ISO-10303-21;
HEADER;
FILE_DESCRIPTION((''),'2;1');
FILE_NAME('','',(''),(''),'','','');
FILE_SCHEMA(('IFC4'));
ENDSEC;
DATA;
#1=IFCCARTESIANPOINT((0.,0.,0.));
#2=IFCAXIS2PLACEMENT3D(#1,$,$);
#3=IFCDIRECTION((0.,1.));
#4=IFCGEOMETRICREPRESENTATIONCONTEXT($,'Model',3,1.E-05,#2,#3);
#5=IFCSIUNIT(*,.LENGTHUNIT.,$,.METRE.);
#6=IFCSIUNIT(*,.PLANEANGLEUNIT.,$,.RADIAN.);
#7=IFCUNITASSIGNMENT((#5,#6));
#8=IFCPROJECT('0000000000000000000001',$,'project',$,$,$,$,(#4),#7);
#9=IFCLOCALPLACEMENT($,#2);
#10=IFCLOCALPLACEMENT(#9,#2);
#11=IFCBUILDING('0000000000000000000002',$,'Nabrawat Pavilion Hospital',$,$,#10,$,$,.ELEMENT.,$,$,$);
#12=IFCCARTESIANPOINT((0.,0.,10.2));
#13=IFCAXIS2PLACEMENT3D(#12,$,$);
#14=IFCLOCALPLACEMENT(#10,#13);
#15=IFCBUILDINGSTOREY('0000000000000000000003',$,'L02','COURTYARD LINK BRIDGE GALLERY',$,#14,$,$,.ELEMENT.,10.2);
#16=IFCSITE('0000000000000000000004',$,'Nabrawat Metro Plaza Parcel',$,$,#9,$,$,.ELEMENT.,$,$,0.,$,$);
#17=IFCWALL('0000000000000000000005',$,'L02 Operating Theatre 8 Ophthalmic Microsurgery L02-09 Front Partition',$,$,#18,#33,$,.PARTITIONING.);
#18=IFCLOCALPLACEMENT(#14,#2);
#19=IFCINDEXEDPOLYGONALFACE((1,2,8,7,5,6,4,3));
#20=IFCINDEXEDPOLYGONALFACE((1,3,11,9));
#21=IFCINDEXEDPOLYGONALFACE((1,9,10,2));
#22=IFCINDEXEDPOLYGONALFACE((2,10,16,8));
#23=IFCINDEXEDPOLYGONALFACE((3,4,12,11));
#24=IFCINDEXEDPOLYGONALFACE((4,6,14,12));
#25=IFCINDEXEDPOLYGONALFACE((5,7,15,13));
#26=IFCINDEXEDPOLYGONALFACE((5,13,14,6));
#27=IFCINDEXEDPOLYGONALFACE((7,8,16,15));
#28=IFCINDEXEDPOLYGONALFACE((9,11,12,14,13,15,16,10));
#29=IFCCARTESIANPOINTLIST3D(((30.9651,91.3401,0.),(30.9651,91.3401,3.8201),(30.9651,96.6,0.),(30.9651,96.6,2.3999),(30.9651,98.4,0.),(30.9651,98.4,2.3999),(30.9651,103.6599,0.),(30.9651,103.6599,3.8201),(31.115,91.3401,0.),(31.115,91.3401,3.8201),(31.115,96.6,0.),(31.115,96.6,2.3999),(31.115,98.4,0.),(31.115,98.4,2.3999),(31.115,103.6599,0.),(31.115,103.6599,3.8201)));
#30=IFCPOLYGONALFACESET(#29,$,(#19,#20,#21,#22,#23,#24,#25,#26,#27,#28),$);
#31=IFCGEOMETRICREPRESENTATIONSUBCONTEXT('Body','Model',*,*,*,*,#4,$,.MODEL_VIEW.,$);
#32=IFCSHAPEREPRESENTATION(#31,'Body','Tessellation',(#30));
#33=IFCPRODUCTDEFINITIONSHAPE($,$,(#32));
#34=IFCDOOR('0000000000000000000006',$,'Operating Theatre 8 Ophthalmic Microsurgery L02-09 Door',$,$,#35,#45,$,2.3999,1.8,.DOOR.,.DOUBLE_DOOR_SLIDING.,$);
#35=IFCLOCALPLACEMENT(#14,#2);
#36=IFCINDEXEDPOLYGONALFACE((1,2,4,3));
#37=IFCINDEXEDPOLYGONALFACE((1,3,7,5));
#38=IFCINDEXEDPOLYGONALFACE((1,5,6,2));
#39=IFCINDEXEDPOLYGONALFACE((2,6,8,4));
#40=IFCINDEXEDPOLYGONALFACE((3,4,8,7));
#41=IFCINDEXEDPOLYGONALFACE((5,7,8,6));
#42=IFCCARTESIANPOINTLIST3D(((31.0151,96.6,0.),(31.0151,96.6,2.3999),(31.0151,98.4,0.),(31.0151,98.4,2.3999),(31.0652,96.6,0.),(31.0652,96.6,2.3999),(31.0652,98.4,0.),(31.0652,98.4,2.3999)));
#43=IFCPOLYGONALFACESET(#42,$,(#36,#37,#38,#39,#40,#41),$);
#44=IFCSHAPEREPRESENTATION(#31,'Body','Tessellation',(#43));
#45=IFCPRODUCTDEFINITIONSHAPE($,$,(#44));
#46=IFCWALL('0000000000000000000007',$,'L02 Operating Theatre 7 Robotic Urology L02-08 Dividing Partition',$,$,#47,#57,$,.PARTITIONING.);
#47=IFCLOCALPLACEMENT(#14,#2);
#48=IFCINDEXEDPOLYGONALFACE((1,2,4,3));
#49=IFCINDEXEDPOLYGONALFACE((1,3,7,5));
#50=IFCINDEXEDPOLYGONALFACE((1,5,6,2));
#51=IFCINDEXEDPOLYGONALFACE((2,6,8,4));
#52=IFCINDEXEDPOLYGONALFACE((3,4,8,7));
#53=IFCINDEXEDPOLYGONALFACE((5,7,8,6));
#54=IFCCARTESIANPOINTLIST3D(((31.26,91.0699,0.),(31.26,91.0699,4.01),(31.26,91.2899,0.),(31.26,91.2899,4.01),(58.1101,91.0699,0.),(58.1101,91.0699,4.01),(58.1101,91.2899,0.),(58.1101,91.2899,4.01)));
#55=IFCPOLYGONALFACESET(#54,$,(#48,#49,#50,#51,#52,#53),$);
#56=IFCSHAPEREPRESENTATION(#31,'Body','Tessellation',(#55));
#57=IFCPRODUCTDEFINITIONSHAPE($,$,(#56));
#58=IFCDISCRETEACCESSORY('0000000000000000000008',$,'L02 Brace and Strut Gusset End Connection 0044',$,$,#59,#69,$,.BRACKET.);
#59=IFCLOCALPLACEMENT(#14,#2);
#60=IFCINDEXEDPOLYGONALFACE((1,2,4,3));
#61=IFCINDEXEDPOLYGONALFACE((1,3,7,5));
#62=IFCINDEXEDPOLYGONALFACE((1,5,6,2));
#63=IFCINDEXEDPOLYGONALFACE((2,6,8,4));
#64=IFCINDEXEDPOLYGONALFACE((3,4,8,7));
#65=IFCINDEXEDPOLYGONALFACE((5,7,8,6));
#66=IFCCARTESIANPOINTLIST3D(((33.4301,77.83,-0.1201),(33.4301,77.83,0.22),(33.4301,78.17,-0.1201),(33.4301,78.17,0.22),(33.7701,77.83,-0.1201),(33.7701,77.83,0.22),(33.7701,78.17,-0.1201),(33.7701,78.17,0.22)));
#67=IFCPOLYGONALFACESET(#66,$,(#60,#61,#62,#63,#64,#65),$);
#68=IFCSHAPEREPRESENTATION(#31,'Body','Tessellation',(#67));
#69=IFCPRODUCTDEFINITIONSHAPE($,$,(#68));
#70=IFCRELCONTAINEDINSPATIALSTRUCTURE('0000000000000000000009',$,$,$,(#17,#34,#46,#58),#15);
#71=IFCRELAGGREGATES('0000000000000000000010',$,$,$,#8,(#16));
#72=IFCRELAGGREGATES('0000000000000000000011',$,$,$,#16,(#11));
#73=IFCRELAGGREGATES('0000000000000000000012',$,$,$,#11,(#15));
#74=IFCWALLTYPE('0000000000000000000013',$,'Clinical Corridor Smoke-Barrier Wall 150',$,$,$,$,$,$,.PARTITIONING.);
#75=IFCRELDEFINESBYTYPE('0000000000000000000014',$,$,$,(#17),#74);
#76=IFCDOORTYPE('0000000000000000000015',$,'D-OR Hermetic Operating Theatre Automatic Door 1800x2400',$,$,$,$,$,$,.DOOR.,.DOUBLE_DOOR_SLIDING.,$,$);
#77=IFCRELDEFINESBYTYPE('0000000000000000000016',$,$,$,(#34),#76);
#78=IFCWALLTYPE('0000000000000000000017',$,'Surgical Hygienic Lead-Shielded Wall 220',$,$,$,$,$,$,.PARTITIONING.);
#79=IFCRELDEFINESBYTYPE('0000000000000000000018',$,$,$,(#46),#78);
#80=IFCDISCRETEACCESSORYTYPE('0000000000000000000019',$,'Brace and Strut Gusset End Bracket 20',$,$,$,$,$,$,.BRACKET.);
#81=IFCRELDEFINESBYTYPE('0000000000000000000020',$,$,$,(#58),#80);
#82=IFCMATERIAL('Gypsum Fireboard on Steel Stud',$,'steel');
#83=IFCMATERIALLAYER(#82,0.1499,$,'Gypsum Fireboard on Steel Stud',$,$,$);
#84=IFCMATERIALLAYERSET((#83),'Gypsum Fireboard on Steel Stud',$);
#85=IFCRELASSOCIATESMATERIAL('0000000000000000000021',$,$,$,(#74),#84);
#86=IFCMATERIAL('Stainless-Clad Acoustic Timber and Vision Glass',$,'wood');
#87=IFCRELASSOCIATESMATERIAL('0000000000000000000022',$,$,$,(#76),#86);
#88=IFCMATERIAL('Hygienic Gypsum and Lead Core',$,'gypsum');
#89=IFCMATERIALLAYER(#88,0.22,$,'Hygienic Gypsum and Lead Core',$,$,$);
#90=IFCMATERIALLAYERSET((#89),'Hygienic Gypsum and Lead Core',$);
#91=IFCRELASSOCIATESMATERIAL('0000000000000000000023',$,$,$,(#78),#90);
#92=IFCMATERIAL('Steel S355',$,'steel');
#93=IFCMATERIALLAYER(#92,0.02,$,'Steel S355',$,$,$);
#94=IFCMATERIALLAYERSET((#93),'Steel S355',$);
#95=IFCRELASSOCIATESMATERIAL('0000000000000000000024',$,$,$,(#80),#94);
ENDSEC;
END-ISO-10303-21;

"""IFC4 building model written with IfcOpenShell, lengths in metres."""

from ifc_helpers import new_model, si_unit, direction, frame, frame_2d, origin, origin_2d, place, context, subcontext, project, spatial, rectangle, extrude, material, layer, layer_set, type_object, element, fill, save


model = new_model("IFC4")

# Units and contexts
model_context = context("Model", 3, precision=1e-05, world=origin(), true_north=direction((0.0, 1.0)))
body_context = subcontext(model_context, "Body", "Model", "MODEL_VIEW")
ifc_project = project(units=[si_unit("LENGTHUNIT", "METRE"), si_unit("PLANEANGLEUNIT", "RADIAN")], contexts=[model_context])

# Site, building, storey
site_placement = place(None, origin())
site = spatial("IfcSite", under=ifc_project, at=site_placement, Name="Nabrawat Metro Plaza Parcel", CompositionType="ELEMENT", RefElevation=0.0)
building_placement = place(site_placement, origin())
building = spatial("IfcBuilding", under=site, at=building_placement, Name="Nabrawat Pavilion Hospital", CompositionType="ELEMENT")
storey_placement = place(building_placement, frame((0.0, 0.0, 10.2)))
storey = spatial("IfcBuildingStorey", under=building, at=storey_placement, Name="L02", Description="COURTYARD LINK BRIDGE GALLERY", CompositionType="ELEMENT", Elevation=10.2)

# Shared definitions
ifc_material_1 = material(Name="Steel S355", Category="steel")

# Wall, opening, door
ifc_material_2 = material(Name="Gypsum Fireboard on Steel Stud", Category="steel")
ifc_layer_1 = layer(ifc_material_2, 0.1499, Name="Gypsum Fireboard on Steel Stud")
ifc_layer_set_1 = layer_set([ifc_layer_1], Name="Gypsum Fireboard on Steel Stud")
wall_type_1 = type_object("IfcWallType", Name="Clinical Corridor Smoke-Barrier Wall 150", PredefinedType="PARTITIONING", material=ifc_layer_set_1)
ifc_material_3 = material(Name="Stainless-Clad Acoustic Timber and Vision Glass", Category="wood")
door_type = type_object("IfcDoorType", Name="D-OR Hermetic Operating Theatre Automatic Door 1800x2400", OperationType="DOUBLE_DOOR_SLIDING", PredefinedType="DOOR", material=ifc_material_3)
wall_1_placement = place(storey_placement, frame((31.04, 91.3401, 0.0), z_axis=(0.0, 0.0, 1.0), x_axis=(0.0, 1.0, 0.0)))
wall_1 = element("IfcWall", 1, at=wall_1_placement, inside=storey, type_object=wall_type_1, Name="L02 Operating Theatre 8 Ophthalmic Microsurgery L02-09 Front Partition", PredefinedType="PARTITIONING", context=body_context, shape_type="SweptSolid", body=[
    extrude(rectangle(XDim=12.3198, YDim=0.1499, at=frame_2d((6.1599, 0.0))), origin(), (0.0, 0.0, 1.0), 3.8201),
])
opening_1_placement = place(wall_1_placement, frame((5.26, 0.0, 0.0)))
opening_1 = element("IfcOpeningElement", 2, at=opening_1_placement, cuts=wall_1, PredefinedType="OPENING", context=body_context, shape_type="SweptSolid", body=[
    extrude(rectangle(XDim=1.8, YDim=2.3999, at=frame_2d((0.8999, 1.2))), frame((0.0, 0.085, 0.0), z_axis=(0.0, -1.0, 0.0), x_axis=(1.0, 0.0, 0.0)), (0.0, 0.0, 1.0), 0.1699),
])
door_1_placement = place(opening_1_placement, origin())
door_1 = element("IfcDoor", 3, at=door_1_placement, inside=storey, type_object=door_type, Name="Operating Theatre 8 Ophthalmic Microsurgery L02-09 Door", OperationType="DOUBLE_DOOR_SLIDING", OverallHeight=2.3999, OverallWidth=1.8, PredefinedType="DOOR", context=body_context, shape_type="SweptSolid", body=[
    extrude(rectangle(XDim=1.8, YDim=2.3999, at=frame_2d((0.8999, 1.2))), frame((0.0, 0.0249, 0.0), z_axis=(0.0, -1.0, 0.0), x_axis=(1.0, 0.0, 0.0)), (0.0, 0.0, 1.0), 0.05),
])
fill(opening_1, door_1)

# Wall
ifc_material_4 = material(Name="Hygienic Gypsum and Lead Core", Category="gypsum")
ifc_layer_2 = layer(ifc_material_4, 0.22, Name="Hygienic Gypsum and Lead Core")
ifc_layer_set_2 = layer_set([ifc_layer_2], Name="Hygienic Gypsum and Lead Core")
wall_type_2 = type_object("IfcWallType", Name="Surgical Hygienic Lead-Shielded Wall 220", PredefinedType="PARTITIONING", material=ifc_layer_set_2)
wall_2_placement = place(storey_placement, frame((31.26, 91.1799, 0.0), z_axis=(0.0, 0.0, 1.0), x_axis=(1.0, 0.0, 0.0)))
element("IfcWall", 4, at=wall_2_placement, inside=storey, type_object=wall_type_2, Name="L02 Operating Theatre 7 Robotic Urology L02-08 Dividing Partition", PredefinedType="PARTITIONING", context=body_context, shape_type="SweptSolid", body=[
    extrude(rectangle(XDim=26.8501, YDim=0.22, at=frame_2d((13.425, 0.0))), origin(), (0.0, 0.0, 1.0), 4.01),
])

# Discrete accessory
ifc_layer_3 = layer(ifc_material_1, 0.02, Name="Steel S355")
ifc_layer_set_3 = layer_set([ifc_layer_3], Name="Steel S355")
discrete_accessory_type = type_object("IfcDiscreteAccessoryType", Name="Brace and Strut Gusset End Bracket 20", PredefinedType="BRACKET", material=ifc_layer_set_3)
discrete_accessory_placement = place(storey_placement, frame((33.6001, 78.0, -0.1201), z_axis=(0.0, 0.0, 1.0), x_axis=(1.0, 0.0, 0.0)))
element("IfcDiscreteAccessory", 5, at=discrete_accessory_placement, inside=storey, type_object=discrete_accessory_type, Name="L02 Brace and Strut Gusset End Connection 0044", PredefinedType="BRACKET", context=body_context, shape_type="SweptSolid", body=[
    extrude(rectangle(XDim=0.3401, YDim=0.3401, at=origin_2d()), origin(), (0.0, 0.0, 1.0), 0.3401),
])

save(model, "model.ifc")
